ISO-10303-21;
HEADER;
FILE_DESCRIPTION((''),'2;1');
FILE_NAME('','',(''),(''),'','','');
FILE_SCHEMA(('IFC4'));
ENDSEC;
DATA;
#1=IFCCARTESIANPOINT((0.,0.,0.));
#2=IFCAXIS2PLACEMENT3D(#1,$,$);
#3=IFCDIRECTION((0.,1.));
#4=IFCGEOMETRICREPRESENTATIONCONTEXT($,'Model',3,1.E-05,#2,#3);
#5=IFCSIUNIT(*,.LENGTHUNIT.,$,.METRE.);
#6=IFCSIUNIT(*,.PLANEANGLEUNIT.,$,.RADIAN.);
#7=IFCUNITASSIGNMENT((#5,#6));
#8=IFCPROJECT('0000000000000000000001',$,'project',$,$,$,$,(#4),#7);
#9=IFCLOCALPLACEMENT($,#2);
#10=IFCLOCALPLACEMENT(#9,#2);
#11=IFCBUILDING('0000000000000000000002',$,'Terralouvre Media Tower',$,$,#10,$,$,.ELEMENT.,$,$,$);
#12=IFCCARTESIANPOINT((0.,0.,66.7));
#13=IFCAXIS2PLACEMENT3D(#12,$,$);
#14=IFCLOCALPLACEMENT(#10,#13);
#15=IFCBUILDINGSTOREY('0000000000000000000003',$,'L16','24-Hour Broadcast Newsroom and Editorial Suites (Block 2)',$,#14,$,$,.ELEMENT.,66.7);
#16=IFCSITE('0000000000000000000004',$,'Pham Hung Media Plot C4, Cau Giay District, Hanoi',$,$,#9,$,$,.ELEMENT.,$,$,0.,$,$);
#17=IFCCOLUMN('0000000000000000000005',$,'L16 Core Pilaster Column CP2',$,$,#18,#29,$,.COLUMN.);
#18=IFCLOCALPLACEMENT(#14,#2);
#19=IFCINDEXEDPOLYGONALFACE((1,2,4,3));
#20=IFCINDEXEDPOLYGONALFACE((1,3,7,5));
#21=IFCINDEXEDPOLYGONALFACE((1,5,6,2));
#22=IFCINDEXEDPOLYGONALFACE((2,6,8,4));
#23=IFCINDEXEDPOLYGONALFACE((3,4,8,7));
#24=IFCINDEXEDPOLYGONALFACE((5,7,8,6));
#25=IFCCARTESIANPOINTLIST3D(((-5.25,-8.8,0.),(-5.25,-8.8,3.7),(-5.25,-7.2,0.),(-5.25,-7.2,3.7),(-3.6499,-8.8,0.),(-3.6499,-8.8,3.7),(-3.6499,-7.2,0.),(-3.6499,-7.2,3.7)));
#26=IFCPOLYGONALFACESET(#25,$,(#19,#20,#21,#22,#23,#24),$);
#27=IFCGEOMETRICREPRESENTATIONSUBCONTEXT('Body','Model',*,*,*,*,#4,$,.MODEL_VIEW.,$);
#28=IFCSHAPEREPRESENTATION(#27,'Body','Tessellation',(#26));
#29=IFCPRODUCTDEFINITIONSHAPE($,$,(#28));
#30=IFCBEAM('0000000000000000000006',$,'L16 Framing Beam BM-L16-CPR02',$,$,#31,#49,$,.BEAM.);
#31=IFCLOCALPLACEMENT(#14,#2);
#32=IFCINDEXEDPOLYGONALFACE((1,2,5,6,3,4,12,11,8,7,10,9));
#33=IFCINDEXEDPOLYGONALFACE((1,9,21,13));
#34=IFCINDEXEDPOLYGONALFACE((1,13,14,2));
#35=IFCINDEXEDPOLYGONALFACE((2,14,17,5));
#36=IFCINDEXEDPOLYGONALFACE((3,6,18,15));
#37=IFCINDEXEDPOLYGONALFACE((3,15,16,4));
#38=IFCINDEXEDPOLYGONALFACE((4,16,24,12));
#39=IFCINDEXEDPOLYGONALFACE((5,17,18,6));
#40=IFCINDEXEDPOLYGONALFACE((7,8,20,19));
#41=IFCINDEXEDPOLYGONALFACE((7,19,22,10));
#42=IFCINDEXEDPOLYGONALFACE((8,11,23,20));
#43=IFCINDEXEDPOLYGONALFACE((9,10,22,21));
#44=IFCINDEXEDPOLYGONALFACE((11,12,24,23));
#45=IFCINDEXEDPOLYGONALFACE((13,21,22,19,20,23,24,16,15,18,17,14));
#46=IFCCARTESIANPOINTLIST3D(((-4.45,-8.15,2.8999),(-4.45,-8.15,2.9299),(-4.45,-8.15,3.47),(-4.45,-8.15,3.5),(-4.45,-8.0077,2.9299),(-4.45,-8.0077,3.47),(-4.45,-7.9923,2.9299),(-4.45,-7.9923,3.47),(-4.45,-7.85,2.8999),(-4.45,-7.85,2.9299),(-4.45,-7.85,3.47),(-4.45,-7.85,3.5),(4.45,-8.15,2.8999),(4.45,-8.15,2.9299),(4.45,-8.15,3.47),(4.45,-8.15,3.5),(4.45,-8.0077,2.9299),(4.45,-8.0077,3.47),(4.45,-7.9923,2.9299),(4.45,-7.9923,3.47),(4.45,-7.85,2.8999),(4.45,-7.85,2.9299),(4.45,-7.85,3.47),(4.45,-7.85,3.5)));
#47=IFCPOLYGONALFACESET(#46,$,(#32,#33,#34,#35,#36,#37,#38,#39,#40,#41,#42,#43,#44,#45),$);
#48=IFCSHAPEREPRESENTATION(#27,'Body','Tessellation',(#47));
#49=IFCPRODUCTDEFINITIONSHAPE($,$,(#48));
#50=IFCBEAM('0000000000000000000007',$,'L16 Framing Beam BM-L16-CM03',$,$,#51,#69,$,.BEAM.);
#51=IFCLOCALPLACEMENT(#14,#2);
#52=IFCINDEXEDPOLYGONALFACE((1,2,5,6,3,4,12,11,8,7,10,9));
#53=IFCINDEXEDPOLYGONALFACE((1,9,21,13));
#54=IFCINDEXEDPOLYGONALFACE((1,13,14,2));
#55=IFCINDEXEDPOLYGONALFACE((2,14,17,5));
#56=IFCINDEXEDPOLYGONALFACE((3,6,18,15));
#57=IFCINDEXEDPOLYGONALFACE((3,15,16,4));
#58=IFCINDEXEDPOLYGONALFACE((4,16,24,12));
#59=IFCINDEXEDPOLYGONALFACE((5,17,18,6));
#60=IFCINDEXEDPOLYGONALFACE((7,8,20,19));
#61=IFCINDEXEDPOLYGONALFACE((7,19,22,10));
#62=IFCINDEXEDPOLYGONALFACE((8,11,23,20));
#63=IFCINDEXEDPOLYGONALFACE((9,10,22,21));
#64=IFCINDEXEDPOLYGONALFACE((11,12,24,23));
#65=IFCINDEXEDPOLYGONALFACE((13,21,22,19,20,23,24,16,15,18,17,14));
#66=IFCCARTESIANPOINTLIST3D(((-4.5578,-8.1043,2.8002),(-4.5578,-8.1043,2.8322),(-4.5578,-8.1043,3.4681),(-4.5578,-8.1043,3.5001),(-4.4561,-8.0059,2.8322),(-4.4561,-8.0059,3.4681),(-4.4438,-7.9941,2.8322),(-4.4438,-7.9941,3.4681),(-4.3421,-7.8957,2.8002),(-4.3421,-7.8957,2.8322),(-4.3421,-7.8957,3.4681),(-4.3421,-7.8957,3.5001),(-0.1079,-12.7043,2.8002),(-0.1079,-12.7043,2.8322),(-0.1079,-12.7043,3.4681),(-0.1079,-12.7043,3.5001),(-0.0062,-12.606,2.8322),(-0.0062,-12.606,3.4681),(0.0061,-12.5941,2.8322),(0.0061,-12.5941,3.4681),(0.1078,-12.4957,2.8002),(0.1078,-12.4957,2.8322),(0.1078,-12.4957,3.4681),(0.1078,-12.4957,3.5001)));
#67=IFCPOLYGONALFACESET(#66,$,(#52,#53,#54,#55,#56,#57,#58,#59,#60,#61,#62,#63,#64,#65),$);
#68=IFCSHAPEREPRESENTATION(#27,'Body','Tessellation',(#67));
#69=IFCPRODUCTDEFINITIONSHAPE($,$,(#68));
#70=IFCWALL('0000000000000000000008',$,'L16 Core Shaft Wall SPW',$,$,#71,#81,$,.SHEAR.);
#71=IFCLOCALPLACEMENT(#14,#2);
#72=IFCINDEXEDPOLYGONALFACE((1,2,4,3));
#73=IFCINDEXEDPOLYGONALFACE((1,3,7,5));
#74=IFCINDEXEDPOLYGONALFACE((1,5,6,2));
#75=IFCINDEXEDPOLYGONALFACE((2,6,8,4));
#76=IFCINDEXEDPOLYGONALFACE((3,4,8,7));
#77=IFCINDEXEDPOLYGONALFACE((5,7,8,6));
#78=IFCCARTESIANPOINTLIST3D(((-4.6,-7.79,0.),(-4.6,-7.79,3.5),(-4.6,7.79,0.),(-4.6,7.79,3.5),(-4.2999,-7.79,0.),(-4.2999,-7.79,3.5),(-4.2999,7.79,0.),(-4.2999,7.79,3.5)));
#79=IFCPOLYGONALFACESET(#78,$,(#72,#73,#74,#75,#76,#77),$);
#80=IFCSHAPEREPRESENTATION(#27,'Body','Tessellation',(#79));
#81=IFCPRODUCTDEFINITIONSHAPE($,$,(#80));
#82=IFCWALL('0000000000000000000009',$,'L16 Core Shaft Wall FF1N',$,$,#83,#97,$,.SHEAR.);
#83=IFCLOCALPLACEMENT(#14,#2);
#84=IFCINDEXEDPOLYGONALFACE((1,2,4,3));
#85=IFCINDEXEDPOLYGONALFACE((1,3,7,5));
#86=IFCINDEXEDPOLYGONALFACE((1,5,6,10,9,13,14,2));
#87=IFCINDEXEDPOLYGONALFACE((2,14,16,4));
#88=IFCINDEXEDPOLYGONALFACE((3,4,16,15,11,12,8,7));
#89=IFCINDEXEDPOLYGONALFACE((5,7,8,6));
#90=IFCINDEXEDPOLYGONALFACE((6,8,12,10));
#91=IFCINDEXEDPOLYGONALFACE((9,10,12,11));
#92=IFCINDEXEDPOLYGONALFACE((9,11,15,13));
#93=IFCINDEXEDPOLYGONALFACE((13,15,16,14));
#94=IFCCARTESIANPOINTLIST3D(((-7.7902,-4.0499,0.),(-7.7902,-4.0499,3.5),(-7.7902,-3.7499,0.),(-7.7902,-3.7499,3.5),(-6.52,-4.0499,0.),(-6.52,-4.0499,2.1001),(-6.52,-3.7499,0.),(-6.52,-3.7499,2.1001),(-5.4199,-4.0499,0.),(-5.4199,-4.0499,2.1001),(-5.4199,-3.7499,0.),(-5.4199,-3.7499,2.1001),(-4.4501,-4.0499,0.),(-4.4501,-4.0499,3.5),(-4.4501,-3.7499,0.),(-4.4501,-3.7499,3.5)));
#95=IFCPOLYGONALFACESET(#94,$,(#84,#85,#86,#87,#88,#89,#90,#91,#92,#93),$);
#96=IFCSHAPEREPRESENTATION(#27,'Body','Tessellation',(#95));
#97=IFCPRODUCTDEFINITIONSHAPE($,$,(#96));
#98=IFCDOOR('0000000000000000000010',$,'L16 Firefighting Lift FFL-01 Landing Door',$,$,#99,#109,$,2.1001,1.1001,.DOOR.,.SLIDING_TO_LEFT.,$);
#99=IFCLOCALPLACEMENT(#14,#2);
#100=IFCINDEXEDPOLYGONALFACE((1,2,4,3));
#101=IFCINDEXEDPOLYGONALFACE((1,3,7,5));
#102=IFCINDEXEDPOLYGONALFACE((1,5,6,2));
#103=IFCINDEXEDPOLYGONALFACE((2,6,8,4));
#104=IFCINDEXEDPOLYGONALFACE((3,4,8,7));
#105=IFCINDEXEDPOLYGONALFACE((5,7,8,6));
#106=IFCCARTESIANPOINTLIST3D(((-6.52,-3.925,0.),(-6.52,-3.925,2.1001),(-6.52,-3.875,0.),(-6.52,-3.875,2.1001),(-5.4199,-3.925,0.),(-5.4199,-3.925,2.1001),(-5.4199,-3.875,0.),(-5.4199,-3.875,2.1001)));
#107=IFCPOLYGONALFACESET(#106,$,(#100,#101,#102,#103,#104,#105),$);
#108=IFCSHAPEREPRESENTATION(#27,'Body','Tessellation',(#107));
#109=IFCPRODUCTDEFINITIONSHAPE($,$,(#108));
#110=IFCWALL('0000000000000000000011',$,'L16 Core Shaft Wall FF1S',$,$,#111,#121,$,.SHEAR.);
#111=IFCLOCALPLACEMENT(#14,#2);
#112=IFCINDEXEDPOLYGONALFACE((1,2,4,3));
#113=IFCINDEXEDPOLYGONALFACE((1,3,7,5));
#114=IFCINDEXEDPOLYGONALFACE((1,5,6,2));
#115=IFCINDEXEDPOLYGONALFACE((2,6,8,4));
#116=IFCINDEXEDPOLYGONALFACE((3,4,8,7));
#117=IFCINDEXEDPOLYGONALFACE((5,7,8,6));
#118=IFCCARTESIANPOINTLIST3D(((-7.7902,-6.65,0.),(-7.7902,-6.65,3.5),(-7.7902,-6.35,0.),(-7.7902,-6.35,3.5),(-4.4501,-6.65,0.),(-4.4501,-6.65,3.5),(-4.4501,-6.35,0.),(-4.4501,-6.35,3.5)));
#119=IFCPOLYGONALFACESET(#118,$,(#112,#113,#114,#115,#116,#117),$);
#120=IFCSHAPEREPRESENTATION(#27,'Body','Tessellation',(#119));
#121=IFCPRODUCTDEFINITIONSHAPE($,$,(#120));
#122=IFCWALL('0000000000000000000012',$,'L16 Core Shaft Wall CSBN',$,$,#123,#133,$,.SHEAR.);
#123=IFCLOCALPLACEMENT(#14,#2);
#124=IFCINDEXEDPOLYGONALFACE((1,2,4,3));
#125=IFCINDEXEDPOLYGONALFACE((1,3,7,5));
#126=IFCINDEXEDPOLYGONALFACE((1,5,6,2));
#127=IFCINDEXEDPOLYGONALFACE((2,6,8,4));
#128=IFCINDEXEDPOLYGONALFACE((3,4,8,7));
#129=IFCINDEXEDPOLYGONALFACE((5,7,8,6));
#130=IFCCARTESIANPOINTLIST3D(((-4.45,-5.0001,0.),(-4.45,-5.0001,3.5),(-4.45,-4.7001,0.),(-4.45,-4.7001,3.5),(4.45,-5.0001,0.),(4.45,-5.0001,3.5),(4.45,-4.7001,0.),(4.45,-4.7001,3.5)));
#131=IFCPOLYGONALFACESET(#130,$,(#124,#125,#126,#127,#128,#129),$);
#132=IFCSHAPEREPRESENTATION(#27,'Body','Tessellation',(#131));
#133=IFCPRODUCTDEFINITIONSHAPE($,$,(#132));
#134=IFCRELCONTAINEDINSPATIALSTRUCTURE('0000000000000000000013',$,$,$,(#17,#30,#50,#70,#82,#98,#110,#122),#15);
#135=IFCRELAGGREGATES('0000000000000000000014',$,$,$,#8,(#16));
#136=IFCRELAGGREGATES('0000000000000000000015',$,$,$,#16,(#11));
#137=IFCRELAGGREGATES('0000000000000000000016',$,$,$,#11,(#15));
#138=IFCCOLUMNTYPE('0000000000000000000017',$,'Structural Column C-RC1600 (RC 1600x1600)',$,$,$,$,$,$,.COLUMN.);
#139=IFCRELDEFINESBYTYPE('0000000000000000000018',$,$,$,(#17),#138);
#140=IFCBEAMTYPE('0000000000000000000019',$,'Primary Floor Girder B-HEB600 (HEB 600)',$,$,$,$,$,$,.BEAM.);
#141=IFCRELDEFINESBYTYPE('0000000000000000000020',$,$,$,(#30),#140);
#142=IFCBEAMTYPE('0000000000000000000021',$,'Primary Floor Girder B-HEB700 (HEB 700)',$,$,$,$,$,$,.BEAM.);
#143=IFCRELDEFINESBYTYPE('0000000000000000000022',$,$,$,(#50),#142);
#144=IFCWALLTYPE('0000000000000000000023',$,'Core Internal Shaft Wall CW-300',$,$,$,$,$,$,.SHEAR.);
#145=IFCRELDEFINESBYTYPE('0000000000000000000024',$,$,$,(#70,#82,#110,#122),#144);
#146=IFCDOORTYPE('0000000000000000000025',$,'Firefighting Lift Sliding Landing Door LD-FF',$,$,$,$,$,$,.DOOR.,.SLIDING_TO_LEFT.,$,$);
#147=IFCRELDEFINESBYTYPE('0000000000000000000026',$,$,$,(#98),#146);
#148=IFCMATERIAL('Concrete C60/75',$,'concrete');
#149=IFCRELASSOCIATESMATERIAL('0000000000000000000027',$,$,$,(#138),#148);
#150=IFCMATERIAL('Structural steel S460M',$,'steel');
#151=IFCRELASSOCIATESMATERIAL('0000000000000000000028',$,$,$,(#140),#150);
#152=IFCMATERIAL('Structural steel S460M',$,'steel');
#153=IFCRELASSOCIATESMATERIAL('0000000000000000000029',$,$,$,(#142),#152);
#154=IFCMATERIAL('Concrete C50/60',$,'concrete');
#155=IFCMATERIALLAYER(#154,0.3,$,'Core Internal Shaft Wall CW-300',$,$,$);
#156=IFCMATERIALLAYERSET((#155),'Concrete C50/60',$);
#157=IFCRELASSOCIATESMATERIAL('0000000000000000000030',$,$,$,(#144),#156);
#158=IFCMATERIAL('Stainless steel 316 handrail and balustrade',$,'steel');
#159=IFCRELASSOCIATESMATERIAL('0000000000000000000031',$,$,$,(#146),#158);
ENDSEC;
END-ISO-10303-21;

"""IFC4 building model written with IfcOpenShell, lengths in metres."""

from ifc_helpers import new_model, si_unit, direction, frame, frame_2d, origin, origin_2d, place, context, subcontext, project, spatial, rectangle, i_section, extrude, material, layer, layer_set, material_profile, profile_set, type_object, element, fill, save


model = new_model("IFC4")

# Units and contexts
model_context = context("Model", 3, precision=1e-05, world=origin(), true_north=direction((0.0, 1.0)))
body_context = subcontext(model_context, "Body", "Model", "MODEL_VIEW")
ifc_project = project(units=[si_unit("LENGTHUNIT", "METRE"), si_unit("PLANEANGLEUNIT", "RADIAN")], contexts=[model_context])

# Site, building, storey
site_placement = place(None, origin())
site = spatial("IfcSite", under=ifc_project, at=site_placement, Name="Pham Hung Media Plot C4, Cau Giay District, Hanoi", CompositionType="ELEMENT", RefElevation=0.0)
building_placement = place(site_placement, origin())
building = spatial("IfcBuilding", under=site, at=building_placement, Name="Terralouvre Media Tower", CompositionType="ELEMENT")
storey_placement = place(building_placement, frame((0.0, 0.0, 66.7)))
storey = spatial("IfcBuildingStorey", under=building, at=storey_placement, Name="L16", Description="24-Hour Broadcast Newsroom and Editorial Suites (Block 2)", CompositionType="ELEMENT", Elevation=66.7)

# Column
ifc_material_1 = material(Name="Concrete C60/75", Category="concrete")
ifc_material_profile_1 = material_profile(ifc_material_1, rectangle(XDim=1.6001, YDim=1.6001, at=origin_2d()), Name="RC 1600x1600")
ifc_profile_set_1 = profile_set([ifc_material_profile_1], Name="Concrete C60/75")
column_type = type_object("IfcColumnType", Name="Structural Column C-RC1600 (RC 1600x1600)", PredefinedType="COLUMN", material=ifc_profile_set_1)
column_placement = place(storey_placement, frame((-4.45, -8.0, 0.0), z_axis=(0.0, 0.0, 1.0), x_axis=(1.0, 0.0, 0.0)))
element("IfcColumn", 1, at=column_placement, inside=storey, type_object=column_type, Name="L16 Core Pilaster Column CP2", PredefinedType="COLUMN", context=body_context, shape_type="SweptSolid", body=[
    extrude(rectangle(XDim=1.6001, YDim=1.6001, at=origin_2d()), origin(), (0.0, 0.0, 1.0), 3.7),
])

# Beams
ifc_material_2 = material(Name="Structural steel S460M", Category="steel")
ifc_material_profile_2 = material_profile(ifc_material_2, i_section(OverallWidth=0.3, OverallDepth=0.6001, WebThickness=0.0154, FlangeThickness=0.03, at=origin_2d()), Name="HEB 600")
ifc_profile_set_2 = profile_set([ifc_material_profile_2], Name="Structural steel S460M")
beam_type_1 = type_object("IfcBeamType", Name="Primary Floor Girder B-HEB600 (HEB 600)", PredefinedType="BEAM", material=ifc_profile_set_2)
beam_1_placement = place(storey_placement, frame((-4.45, -8.0, 3.2), z_axis=(1.0, 0.0, 0.0), x_axis=(0.0, 1.0, 0.0)))
element("IfcBeam", 2, at=beam_1_placement, inside=storey, type_object=beam_type_1, Name="L16 Framing Beam BM-L16-CPR02", PredefinedType="BEAM", context=body_context, shape_type="SweptSolid", body=[
    extrude(i_section(OverallWidth=0.3, OverallDepth=0.6001, WebThickness=0.0154, FlangeThickness=0.03, at=origin_2d()), origin(), (0.0, 0.0, 1.0), 8.8999),
])
ifc_material_3 = material(Name="Structural steel S460M", Category="steel")
ifc_material_profile_3 = material_profile(ifc_material_3, i_section(OverallWidth=0.3, OverallDepth=0.7, WebThickness=0.0171, FlangeThickness=0.032, at=origin_2d()), Name="HEB 700")
ifc_profile_set_3 = profile_set([ifc_material_profile_3], Name="Structural steel S460M")
beam_type_2 = type_object("IfcBeamType", Name="Primary Floor Girder B-HEB700 (HEB 700)", PredefinedType="BEAM", material=ifc_profile_set_3)
beam_2_placement = place(storey_placement, frame((-4.45, -8.0, 3.1501), z_axis=(0.69528, -0.718739, 0.0), x_axis=(0.718739, 0.69528, 0.0)))
element("IfcBeam", 3, at=beam_2_placement, inside=storey, type_object=beam_type_2, Name="L16 Framing Beam BM-L16-CM03", PredefinedType="BEAM", context=body_context, shape_type="SweptSolid", body=[
    extrude(i_section(OverallWidth=0.3, OverallDepth=0.7, WebThickness=0.0171, FlangeThickness=0.032, at=origin_2d()), origin(), (0.0, 0.0, 1.0), 6.4001),
])

# Wall
ifc_material_4 = material(Name="Concrete C50/60", Category="concrete")
ifc_layer_1 = layer(ifc_material_4, 0.3, Name="Core Internal Shaft Wall CW-300")
ifc_layer_set_1 = layer_set([ifc_layer_1], Name="Concrete C50/60")
wall_type_1 = type_object("IfcWallType", Name="Core Internal Shaft Wall CW-300", PredefinedType="SHEAR", material=ifc_layer_set_1)
wall_1_placement = place(storey_placement, frame((-4.45, -7.79, 0.0), z_axis=(0.0, 0.0, 1.0), x_axis=(0.0, 1.0, 0.0)))
element("IfcWall", 4, at=wall_1_placement, inside=storey, type_object=wall_type_1, Name="L16 Core Shaft Wall SPW", PredefinedType="SHEAR", context=body_context, shape_type="SweptSolid", body=[
    extrude(rectangle(XDim=15.5801, YDim=0.3, at=frame_2d((7.79, 0.0))), origin(), (0.0, 0.0, 1.0), 3.5),
])

# Wall, opening, door
wall_2_placement = place(storey_placement, frame((-7.79, -3.8999, 0.0), z_axis=(0.0, 0.0, 1.0), x_axis=(1.0, 0.0, 0.0)))
wall_2 = element("IfcWall", 5, at=wall_2_placement, inside=storey, type_object=wall_type_1, Name="L16 Core Shaft Wall FF1N", PredefinedType="SHEAR", context=body_context, shape_type="SweptSolid", body=[
    extrude(rectangle(XDim=3.3401, YDim=0.3, at=frame_2d((1.6699, 0.0))), origin(), (0.0, 0.0, 1.0), 3.5),
])
opening_1_placement = place(wall_2_placement, frame((1.27, 0.0, 0.0)))
opening_1 = element("IfcOpeningElement", 6, at=opening_1_placement, cuts=wall_2, PredefinedType="OPENING", context=body_context, shape_type="SweptSolid", body=[
    extrude(rectangle(XDim=1.1001, YDim=2.1001, at=frame_2d((0.55, 1.05))), frame((0.0, 0.1599, 0.0), z_axis=(0.0, -1.0, 0.0), x_axis=(1.0, 0.0, 0.0)), (0.0, 0.0, 1.0), 0.3201),
])
ifc_material_5 = material(Name="Stainless steel 316 handrail and balustrade", Category="steel")
door_type_1 = type_object("IfcDoorType", Name="Firefighting Lift Sliding Landing Door LD-FF", OperationType="SLIDING_TO_LEFT", PredefinedType="DOOR", material=ifc_material_5)
door_1_placement = place(opening_1_placement, origin())
door_1 = element("IfcDoor", 7, at=door_1_placement, inside=storey, type_object=door_type_1, Name="L16 Firefighting Lift FFL-01 Landing Door", OperationType="SLIDING_TO_LEFT", OverallHeight=2.1001, OverallWidth=1.1001, PredefinedType="DOOR", context=body_context, shape_type="SweptSolid", body=[
    extrude(rectangle(XDim=1.1001, YDim=2.1001, at=frame_2d((0.55, 1.05))), frame((0.0, 0.0249, 0.0), z_axis=(0.0, -1.0, 0.0), x_axis=(1.0, 0.0, 0.0)), (0.0, 0.0, 1.0), 0.05),
])
fill(opening_1, door_1)

# Walls
wall_3_placement = place(storey_placement, frame((-7.79, -6.5, 0.0), z_axis=(0.0, 0.0, 1.0), x_axis=(1.0, 0.0, 0.0)))
element("IfcWall", 8, at=wall_3_placement, inside=storey, type_object=wall_type_1, Name="L16 Core Shaft Wall FF1S", PredefinedType="SHEAR", context=body_context, shape_type="SweptSolid", body=[
    extrude(rectangle(XDim=3.3401, YDim=0.3, at=frame_2d((1.6699, 0.0))), origin(), (0.0, 0.0, 1.0), 3.5),
])
wall_4_placement = place(storey_placement, frame((-4.45, -4.8501, 0.0), z_axis=(0.0, 0.0, 1.0), x_axis=(1.0, 0.0, 0.0)))
element("IfcWall", 9, at=wall_4_placement, inside=storey, type_object=wall_type_1, Name="L16 Core Shaft Wall CSBN", PredefinedType="SHEAR", context=body_context, shape_type="SweptSolid", body=[
    extrude(rectangle(XDim=8.8999, YDim=0.3, at=frame_2d((4.45, 0.0))), origin(), (0.0, 0.0, 1.0), 3.5),
])

save(model, "model.ifc")
